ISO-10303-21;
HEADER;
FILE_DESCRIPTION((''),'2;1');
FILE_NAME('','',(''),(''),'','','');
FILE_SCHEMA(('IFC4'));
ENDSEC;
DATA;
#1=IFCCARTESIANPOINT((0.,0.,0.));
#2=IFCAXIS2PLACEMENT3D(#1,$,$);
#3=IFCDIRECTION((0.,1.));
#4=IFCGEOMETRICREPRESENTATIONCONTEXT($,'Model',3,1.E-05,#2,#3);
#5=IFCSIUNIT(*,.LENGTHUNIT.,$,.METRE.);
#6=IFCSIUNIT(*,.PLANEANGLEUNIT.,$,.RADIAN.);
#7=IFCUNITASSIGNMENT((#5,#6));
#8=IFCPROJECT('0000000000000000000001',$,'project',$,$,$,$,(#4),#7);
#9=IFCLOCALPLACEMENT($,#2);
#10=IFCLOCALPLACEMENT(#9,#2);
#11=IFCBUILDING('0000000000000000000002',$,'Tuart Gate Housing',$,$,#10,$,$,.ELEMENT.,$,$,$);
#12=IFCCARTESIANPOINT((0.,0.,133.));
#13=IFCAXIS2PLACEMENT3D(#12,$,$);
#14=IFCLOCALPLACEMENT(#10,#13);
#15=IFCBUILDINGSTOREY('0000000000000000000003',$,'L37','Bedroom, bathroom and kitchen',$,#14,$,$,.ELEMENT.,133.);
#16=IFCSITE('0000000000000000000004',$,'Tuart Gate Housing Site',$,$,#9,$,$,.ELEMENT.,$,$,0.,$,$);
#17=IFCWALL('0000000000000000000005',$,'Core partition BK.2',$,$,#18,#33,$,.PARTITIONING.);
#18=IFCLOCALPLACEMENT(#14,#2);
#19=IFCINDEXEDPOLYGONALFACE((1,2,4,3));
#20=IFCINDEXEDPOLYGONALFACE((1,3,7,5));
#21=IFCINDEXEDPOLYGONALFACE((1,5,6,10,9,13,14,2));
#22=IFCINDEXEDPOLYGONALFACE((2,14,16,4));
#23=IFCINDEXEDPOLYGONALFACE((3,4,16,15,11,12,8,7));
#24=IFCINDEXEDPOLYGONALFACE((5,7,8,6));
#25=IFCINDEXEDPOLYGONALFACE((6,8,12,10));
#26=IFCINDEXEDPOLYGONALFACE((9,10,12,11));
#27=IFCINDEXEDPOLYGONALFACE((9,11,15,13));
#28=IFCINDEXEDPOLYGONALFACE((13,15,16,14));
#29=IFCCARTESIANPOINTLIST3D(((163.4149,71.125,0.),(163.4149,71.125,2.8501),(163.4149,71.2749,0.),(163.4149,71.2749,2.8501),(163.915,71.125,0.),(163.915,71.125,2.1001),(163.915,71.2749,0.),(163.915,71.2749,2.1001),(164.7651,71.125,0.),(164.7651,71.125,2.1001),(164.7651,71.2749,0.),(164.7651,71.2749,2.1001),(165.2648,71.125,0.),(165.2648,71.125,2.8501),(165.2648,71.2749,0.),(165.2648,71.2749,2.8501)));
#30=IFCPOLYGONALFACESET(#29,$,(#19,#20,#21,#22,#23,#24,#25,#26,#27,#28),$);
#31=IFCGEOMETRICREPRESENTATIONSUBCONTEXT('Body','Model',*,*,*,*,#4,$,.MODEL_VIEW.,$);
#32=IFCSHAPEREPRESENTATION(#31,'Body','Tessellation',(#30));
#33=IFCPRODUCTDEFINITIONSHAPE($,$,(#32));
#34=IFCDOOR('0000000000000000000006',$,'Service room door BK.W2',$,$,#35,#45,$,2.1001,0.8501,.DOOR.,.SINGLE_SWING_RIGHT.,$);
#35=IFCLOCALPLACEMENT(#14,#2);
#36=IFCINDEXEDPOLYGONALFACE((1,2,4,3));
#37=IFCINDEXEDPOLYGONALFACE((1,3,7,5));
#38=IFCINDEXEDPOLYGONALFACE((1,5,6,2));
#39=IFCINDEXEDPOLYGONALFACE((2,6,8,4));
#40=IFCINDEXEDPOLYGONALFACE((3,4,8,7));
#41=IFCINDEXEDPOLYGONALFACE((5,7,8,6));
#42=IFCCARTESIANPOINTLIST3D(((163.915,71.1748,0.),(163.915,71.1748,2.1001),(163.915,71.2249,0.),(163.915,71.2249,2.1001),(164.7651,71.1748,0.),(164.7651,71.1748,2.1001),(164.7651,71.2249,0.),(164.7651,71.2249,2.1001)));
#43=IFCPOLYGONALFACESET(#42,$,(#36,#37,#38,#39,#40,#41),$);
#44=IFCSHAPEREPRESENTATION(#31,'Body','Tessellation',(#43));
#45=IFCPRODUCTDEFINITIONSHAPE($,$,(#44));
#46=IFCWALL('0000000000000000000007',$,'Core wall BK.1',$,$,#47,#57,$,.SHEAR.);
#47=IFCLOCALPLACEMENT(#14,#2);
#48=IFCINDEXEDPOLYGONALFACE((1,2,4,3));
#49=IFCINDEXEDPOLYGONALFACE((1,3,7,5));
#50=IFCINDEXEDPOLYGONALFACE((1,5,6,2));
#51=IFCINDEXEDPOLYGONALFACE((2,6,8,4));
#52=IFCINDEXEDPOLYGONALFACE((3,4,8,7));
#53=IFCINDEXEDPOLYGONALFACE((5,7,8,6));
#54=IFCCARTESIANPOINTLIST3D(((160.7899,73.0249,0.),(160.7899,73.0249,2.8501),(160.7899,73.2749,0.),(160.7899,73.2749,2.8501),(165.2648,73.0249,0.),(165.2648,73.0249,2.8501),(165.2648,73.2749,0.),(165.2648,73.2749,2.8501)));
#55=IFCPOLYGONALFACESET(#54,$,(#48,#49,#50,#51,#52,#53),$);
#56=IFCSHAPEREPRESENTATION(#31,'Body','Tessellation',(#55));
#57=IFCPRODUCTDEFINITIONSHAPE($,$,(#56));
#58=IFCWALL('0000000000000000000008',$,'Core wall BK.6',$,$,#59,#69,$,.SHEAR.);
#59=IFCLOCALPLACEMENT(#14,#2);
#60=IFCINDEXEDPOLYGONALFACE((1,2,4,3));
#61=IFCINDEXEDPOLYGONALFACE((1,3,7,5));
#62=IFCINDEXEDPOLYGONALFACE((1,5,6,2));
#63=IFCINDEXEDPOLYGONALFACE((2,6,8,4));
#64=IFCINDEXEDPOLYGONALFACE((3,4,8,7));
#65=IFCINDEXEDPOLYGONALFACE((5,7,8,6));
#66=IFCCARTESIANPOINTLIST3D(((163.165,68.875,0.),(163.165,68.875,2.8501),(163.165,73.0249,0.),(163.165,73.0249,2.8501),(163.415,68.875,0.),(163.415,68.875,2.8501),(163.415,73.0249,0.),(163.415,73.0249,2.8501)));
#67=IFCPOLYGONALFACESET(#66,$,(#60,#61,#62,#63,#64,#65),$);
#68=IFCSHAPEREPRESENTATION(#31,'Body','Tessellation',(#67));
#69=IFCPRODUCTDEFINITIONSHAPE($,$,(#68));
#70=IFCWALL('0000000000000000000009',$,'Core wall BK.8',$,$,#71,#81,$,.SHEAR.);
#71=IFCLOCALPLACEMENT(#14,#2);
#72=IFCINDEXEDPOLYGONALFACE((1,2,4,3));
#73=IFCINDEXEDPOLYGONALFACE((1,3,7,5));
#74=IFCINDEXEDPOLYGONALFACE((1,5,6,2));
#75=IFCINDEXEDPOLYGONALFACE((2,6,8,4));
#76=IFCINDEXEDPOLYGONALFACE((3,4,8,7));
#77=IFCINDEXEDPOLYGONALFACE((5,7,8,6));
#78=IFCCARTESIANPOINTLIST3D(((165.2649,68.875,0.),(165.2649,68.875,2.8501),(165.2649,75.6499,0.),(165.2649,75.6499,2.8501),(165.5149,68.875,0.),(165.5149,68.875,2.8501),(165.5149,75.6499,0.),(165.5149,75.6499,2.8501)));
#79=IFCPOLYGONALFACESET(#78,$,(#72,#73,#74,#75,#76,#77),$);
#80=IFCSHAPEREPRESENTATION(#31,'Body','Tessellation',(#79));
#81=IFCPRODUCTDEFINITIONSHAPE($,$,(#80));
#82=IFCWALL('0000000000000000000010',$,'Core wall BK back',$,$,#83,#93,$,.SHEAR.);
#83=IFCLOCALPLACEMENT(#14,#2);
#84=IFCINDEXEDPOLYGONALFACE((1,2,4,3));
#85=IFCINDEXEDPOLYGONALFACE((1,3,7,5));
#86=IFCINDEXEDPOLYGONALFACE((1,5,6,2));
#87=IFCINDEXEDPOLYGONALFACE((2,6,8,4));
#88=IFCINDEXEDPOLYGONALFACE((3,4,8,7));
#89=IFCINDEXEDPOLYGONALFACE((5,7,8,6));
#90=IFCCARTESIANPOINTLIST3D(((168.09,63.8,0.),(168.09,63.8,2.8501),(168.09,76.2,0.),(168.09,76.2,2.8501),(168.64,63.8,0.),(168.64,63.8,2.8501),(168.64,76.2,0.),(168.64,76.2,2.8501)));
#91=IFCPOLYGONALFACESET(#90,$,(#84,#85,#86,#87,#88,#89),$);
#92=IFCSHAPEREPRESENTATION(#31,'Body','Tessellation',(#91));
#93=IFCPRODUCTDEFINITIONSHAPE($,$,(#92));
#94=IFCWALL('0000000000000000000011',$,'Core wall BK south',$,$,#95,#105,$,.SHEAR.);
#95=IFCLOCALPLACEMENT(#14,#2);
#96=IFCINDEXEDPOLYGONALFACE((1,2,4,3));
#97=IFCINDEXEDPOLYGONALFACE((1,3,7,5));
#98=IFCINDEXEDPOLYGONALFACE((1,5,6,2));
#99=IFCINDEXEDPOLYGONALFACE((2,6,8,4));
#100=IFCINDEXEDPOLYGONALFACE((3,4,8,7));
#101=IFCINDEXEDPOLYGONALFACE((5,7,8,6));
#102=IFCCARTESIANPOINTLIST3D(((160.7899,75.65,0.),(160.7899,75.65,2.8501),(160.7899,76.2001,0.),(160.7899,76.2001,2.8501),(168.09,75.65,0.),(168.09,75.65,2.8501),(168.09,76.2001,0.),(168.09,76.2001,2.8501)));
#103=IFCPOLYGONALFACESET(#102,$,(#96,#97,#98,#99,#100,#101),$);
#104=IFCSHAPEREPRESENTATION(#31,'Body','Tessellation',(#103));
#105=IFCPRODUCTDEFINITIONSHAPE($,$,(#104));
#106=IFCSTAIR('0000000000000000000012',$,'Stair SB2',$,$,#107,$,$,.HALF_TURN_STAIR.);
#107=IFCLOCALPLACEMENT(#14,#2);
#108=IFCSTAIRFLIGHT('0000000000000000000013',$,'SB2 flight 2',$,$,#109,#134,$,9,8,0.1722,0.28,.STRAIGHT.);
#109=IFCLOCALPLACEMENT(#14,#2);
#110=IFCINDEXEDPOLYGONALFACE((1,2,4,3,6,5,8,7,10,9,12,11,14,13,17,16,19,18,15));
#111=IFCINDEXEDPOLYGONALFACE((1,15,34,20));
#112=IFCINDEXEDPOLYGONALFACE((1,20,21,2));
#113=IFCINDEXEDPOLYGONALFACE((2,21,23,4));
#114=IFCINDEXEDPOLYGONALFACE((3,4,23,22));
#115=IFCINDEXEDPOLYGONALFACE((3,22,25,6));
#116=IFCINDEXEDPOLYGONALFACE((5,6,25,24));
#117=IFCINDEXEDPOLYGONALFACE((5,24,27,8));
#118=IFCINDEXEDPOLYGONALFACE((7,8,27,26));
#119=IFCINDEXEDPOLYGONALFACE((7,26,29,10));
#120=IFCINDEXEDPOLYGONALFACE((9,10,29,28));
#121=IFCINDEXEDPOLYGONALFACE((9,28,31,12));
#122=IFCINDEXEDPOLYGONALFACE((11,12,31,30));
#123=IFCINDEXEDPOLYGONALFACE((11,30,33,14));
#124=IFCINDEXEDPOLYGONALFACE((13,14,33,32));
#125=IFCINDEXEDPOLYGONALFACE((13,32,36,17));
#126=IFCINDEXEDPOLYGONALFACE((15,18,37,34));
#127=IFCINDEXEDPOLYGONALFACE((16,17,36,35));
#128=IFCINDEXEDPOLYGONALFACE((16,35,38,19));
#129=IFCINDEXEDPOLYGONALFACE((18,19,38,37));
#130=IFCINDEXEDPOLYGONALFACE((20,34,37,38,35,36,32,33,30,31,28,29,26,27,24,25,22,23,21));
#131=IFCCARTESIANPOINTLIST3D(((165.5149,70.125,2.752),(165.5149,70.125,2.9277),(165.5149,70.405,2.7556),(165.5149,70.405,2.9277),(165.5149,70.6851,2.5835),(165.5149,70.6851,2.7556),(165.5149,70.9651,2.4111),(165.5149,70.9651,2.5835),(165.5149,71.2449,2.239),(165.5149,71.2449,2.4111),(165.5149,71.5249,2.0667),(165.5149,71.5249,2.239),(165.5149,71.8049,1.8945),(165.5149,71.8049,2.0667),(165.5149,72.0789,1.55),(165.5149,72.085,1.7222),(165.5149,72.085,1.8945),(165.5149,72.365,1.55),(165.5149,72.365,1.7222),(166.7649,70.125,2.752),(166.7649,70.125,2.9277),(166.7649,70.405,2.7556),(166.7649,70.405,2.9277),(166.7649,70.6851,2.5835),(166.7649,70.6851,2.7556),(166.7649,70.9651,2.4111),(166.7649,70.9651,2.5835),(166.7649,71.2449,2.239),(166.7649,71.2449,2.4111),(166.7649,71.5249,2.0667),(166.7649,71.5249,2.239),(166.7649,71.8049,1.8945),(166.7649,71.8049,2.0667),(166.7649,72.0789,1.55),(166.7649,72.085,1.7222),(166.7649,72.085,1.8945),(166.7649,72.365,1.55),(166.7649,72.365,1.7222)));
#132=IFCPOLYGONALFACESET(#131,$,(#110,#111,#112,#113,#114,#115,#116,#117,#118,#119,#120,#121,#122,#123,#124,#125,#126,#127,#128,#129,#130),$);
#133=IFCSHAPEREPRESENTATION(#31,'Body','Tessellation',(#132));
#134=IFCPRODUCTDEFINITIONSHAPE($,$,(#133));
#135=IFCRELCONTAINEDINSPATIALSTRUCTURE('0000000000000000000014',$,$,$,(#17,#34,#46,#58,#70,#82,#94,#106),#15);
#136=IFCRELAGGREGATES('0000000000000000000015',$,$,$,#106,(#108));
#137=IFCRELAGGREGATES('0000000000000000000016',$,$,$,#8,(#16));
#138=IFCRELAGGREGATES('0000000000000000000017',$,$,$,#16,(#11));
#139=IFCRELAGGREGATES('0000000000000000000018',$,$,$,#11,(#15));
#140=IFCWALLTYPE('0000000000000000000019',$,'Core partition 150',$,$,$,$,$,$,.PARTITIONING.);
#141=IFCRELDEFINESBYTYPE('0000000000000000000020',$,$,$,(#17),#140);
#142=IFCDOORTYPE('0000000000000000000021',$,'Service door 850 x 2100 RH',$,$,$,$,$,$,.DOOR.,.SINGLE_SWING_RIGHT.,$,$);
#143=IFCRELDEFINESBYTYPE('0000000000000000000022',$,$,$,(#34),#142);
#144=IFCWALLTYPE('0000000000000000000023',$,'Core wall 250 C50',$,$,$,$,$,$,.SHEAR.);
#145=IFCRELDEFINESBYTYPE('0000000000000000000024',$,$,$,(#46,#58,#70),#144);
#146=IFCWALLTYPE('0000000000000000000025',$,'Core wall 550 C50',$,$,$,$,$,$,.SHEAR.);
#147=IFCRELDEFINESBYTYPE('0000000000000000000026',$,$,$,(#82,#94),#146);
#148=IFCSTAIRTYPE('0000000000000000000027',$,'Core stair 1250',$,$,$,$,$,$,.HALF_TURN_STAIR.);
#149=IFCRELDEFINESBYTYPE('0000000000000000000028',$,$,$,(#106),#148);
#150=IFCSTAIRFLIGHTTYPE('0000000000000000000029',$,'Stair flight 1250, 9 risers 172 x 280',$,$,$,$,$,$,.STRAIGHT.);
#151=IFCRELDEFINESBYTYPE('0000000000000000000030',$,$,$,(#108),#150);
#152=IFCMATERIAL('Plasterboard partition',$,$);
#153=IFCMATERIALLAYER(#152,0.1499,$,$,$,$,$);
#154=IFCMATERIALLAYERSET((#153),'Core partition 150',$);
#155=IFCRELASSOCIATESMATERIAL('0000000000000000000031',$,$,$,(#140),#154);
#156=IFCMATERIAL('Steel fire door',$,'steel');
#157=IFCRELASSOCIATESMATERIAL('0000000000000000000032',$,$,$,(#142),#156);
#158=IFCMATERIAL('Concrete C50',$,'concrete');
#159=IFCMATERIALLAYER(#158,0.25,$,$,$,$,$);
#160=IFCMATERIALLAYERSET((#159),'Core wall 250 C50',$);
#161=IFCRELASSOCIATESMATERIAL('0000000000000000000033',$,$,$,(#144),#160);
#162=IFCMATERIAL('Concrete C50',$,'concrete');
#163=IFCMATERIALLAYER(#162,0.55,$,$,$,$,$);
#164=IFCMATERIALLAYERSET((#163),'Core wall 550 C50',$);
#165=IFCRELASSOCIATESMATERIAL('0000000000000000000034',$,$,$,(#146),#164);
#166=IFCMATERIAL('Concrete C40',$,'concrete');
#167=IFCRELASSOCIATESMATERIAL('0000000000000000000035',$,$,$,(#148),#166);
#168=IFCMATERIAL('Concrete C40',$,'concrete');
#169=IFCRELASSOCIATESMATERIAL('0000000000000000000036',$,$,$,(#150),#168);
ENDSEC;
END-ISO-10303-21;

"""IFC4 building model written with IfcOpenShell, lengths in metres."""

from ifc_helpers import new_model, si_unit, direction, frame, frame_2d, origin, place, context, subcontext, project, spatial, polyline, rectangle, outline, extrude, material, layer, layer_set, type_object, element, fill, aggregate, save


model = new_model("IFC4")

# Units and contexts
model_context = context("Model", 3, precision=1e-05, world=origin(), true_north=direction((0.0, 1.0)))
body_context = subcontext(model_context, "Body", "Model", "MODEL_VIEW")
ifc_project = project(units=[si_unit("LENGTHUNIT", "METRE"), si_unit("PLANEANGLEUNIT", "RADIAN")], contexts=[model_context])

# Site, building, storey
site_placement = place(None, origin())
site = spatial("IfcSite", under=ifc_project, at=site_placement, Name="Tuart Gate Housing Site", CompositionType="ELEMENT", RefElevation=0.0)
building_placement = place(site_placement, origin())
building = spatial("IfcBuilding", under=site, at=building_placement, Name="Tuart Gate Housing", CompositionType="ELEMENT")
storey_placement = place(building_placement, frame((0.0, 0.0, 133.0)))
storey = spatial("IfcBuildingStorey", under=building, at=storey_placement, Name="L37", Description="Bedroom, bathroom and kitchen", CompositionType="ELEMENT", Elevation=133.0)

# Wall, opening, door
ifc_material_1 = material(Name="Plasterboard partition")
ifc_layer_1 = layer(ifc_material_1, 0.1499)
ifc_layer_set_1 = layer_set([ifc_layer_1], Name="Core partition 150")
wall_type_1 = type_object("IfcWallType", Name="Core partition 150", PredefinedType="PARTITIONING", material=ifc_layer_set_1)
wall_1_placement = place(storey_placement, frame((163.415, 71.2, 0.0), z_axis=(0.0, 0.0, 1.0), x_axis=(1.0, 0.0, 0.0)))
wall_1 = element("IfcWall", 1, at=wall_1_placement, inside=storey, type_object=wall_type_1, Name="Core partition BK.2", PredefinedType="PARTITIONING", context=body_context, shape_type="SweptSolid", body=[
    extrude(rectangle(XDim=1.8499, YDim=0.1499, at=frame_2d((0.9248, 0.0))), origin(), (0.0, 0.0, 1.0), 2.8501),
])
opening_placement = place(wall_1_placement, frame((0.5, 0.0, 0.0)))
opening = element("IfcOpeningElement", 2, at=opening_placement, cuts=wall_1, PredefinedType="OPENING", context=body_context, shape_type="SweptSolid", body=[
    extrude(rectangle(XDim=0.8501, YDim=2.1001, at=frame_2d((0.425, 1.05))), frame((0.0, 0.085, 0.0), z_axis=(0.0, -1.0, 0.0), x_axis=(1.0, 0.0, 0.0)), (0.0, 0.0, 1.0), 0.1699),
])
ifc_material_2 = material(Name="Steel fire door", Category="steel")
door_type = type_object("IfcDoorType", Name="Service door 850 x 2100 RH", OperationType="SINGLE_SWING_RIGHT", PredefinedType="DOOR", material=ifc_material_2)
door_placement = place(opening_placement, frame((0.8501, 0.0, 0.0), z_axis=(0.0, 0.0, 1.0), x_axis=(-1.0, 0.0, 0.0)))
door = element("IfcDoor", 3, at=door_placement, inside=storey, type_object=door_type, Name="Service room door BK.W2", OperationType="SINGLE_SWING_RIGHT", OverallHeight=2.1001, OverallWidth=0.8501, PredefinedType="DOOR", context=body_context, shape_type="SweptSolid", body=[
    extrude(rectangle(XDim=0.8501, YDim=2.1001, at=frame_2d((0.425, 1.05))), frame((0.0, 0.0251, 0.0), z_axis=(0.0, -1.0, 0.0), x_axis=(1.0, 0.0, 0.0)), (0.0, 0.0, 1.0), 0.05),
])
fill(opening, door)

# Walls
ifc_material_3 = material(Name="Concrete C50", Category="concrete")
ifc_layer_2 = layer(ifc_material_3, 0.25)
ifc_layer_set_2 = layer_set([ifc_layer_2], Name="Core wall 250 C50")
wall_type_2 = type_object("IfcWallType", Name="Core wall 250 C50", PredefinedType="SHEAR", material=ifc_layer_set_2)
wall_2_placement = place(storey_placement, frame((160.79, 73.1499, 0.0), z_axis=(0.0, 0.0, 1.0), x_axis=(1.0, 0.0, 0.0)))
element("IfcWall", 4, at=wall_2_placement, inside=storey, type_object=wall_type_2, Name="Core wall BK.1", PredefinedType="SHEAR", context=body_context, shape_type="SweptSolid", body=[
    extrude(rectangle(XDim=4.4749, YDim=0.25, at=frame_2d((2.2373, 0.0))), origin(), (0.0, 0.0, 1.0), 2.8501),
])
wall_3_placement = place(storey_placement, frame((163.29, 73.0249, 0.0), z_axis=(0.0, 0.0, 1.0), x_axis=(0.0, -1.0, 0.0)))
element("IfcWall", 5, at=wall_3_placement, inside=storey, type_object=wall_type_2, Name="Core wall BK.6", PredefinedType="SHEAR", context=body_context, shape_type="SweptSolid", body=[
    extrude(rectangle(XDim=4.1499, YDim=0.25, at=frame_2d((2.075, 0.0))), origin(), (0.0, 0.0, 1.0), 2.8501),
])
wall_4_placement = place(storey_placement, frame((165.3899, 75.6499, 0.0), z_axis=(0.0, 0.0, 1.0), x_axis=(0.0, -1.0, 0.0)))
element("IfcWall", 6, at=wall_4_placement, inside=storey, type_object=wall_type_2, Name="Core wall BK.8", PredefinedType="SHEAR", context=body_context, shape_type="SweptSolid", body=[
    extrude(rectangle(XDim=6.7749, YDim=0.25, at=frame_2d((3.3875, 0.0))), origin(), (0.0, 0.0, 1.0), 2.8501),
])
ifc_material_4 = material(Name="Concrete C50", Category="concrete")
ifc_layer_3 = layer(ifc_material_4, 0.55)
ifc_layer_set_3 = layer_set([ifc_layer_3], Name="Core wall 550 C50")
wall_type_3 = type_object("IfcWallType", Name="Core wall 550 C50", PredefinedType="SHEAR", material=ifc_layer_set_3)
wall_5_placement = place(storey_placement, frame((168.365, 76.2, 0.0), z_axis=(0.0, 0.0, 1.0), x_axis=(0.0, -1.0, 0.0)))
element("IfcWall", 7, at=wall_5_placement, inside=storey, type_object=wall_type_3, Name="Core wall BK back", PredefinedType="SHEAR", context=body_context, shape_type="SweptSolid", body=[
    extrude(rectangle(XDim=12.3999, YDim=0.55, at=frame_2d((6.2, 0.0))), origin(), (0.0, 0.0, 1.0), 2.8501),
])
wall_6_placement = place(storey_placement, frame((160.79, 75.925, 0.0), z_axis=(0.0, 0.0, 1.0), x_axis=(1.0, 0.0, 0.0)))
element("IfcWall", 8, at=wall_6_placement, inside=storey, type_object=wall_type_3, Name="Core wall BK south", PredefinedType="SHEAR", context=body_context, shape_type="SweptSolid", body=[
    extrude(rectangle(XDim=7.3, YDim=0.55, at=frame_2d((3.6499, 0.0))), origin(), (0.0, 0.0, 1.0), 2.8501),
])

# Stair, stair flight
ifc_material_5 = material(Name="Concrete C40", Category="concrete")
stair_type = type_object("IfcStairType", Name="Core stair 1250", PredefinedType="HALF_TURN_STAIR", material=ifc_material_5)
stair_placement = place(storey_placement, origin())
stair = element("IfcStair", 9, at=stair_placement, inside=storey, type_object=stair_type, Name="Stair SB2", PredefinedType="HALF_TURN_STAIR")
ifc_material_6 = material(Name="Concrete C40", Category="concrete")
stair_flight_type = type_object("IfcStairFlightType", Name="Stair flight 1250, 9 risers 172 x 280", PredefinedType="STRAIGHT", material=ifc_material_6)
stair_flight_placement = place(storey_placement, frame((166.1399, 72.365, 1.55), z_axis=(0.0, 0.0, 1.0), x_axis=(0.0, -1.0, 0.0)))
stair_flight = element("IfcStairFlight", 10, at=stair_flight_placement, type_object=stair_flight_type, Name="SB2 flight 2", NumberOfRisers=9, NumberOfTreads=8, PredefinedType="STRAIGHT", RiserHeight=0.1722, TreadLength=0.28, context=body_context, shape_type="SweptSolid", body=[
    extrude(outline(polyline([(0.0, 0.0), (0.0, 0.1721), (0.28, 0.1721), (0.28, 0.3445), (0.5601, 0.3445), (0.5601, 0.5166), (0.8401, 0.5166), (0.8401, 0.689), (1.1201, 0.689), (1.1201, 0.8611), (1.3999, 0.8611), (1.3999, 1.0334), (1.6799, 1.0334), (1.6799, 1.2056), (1.96, 1.2056), (1.96, 1.3777), (2.24, 1.3777), (2.24, 1.55), (2.24, 1.2019), (0.2861, 0.0), (0.0, 0.0)])), frame((0.0, 0.625, 0.0), z_axis=(0.0, -1.0, 0.0), x_axis=(1.0, 0.0, 0.0)), (0.0, 0.0, 1.0), 1.25),
])
aggregate(stair, [stair_flight])

save(model, "model.ifc")
